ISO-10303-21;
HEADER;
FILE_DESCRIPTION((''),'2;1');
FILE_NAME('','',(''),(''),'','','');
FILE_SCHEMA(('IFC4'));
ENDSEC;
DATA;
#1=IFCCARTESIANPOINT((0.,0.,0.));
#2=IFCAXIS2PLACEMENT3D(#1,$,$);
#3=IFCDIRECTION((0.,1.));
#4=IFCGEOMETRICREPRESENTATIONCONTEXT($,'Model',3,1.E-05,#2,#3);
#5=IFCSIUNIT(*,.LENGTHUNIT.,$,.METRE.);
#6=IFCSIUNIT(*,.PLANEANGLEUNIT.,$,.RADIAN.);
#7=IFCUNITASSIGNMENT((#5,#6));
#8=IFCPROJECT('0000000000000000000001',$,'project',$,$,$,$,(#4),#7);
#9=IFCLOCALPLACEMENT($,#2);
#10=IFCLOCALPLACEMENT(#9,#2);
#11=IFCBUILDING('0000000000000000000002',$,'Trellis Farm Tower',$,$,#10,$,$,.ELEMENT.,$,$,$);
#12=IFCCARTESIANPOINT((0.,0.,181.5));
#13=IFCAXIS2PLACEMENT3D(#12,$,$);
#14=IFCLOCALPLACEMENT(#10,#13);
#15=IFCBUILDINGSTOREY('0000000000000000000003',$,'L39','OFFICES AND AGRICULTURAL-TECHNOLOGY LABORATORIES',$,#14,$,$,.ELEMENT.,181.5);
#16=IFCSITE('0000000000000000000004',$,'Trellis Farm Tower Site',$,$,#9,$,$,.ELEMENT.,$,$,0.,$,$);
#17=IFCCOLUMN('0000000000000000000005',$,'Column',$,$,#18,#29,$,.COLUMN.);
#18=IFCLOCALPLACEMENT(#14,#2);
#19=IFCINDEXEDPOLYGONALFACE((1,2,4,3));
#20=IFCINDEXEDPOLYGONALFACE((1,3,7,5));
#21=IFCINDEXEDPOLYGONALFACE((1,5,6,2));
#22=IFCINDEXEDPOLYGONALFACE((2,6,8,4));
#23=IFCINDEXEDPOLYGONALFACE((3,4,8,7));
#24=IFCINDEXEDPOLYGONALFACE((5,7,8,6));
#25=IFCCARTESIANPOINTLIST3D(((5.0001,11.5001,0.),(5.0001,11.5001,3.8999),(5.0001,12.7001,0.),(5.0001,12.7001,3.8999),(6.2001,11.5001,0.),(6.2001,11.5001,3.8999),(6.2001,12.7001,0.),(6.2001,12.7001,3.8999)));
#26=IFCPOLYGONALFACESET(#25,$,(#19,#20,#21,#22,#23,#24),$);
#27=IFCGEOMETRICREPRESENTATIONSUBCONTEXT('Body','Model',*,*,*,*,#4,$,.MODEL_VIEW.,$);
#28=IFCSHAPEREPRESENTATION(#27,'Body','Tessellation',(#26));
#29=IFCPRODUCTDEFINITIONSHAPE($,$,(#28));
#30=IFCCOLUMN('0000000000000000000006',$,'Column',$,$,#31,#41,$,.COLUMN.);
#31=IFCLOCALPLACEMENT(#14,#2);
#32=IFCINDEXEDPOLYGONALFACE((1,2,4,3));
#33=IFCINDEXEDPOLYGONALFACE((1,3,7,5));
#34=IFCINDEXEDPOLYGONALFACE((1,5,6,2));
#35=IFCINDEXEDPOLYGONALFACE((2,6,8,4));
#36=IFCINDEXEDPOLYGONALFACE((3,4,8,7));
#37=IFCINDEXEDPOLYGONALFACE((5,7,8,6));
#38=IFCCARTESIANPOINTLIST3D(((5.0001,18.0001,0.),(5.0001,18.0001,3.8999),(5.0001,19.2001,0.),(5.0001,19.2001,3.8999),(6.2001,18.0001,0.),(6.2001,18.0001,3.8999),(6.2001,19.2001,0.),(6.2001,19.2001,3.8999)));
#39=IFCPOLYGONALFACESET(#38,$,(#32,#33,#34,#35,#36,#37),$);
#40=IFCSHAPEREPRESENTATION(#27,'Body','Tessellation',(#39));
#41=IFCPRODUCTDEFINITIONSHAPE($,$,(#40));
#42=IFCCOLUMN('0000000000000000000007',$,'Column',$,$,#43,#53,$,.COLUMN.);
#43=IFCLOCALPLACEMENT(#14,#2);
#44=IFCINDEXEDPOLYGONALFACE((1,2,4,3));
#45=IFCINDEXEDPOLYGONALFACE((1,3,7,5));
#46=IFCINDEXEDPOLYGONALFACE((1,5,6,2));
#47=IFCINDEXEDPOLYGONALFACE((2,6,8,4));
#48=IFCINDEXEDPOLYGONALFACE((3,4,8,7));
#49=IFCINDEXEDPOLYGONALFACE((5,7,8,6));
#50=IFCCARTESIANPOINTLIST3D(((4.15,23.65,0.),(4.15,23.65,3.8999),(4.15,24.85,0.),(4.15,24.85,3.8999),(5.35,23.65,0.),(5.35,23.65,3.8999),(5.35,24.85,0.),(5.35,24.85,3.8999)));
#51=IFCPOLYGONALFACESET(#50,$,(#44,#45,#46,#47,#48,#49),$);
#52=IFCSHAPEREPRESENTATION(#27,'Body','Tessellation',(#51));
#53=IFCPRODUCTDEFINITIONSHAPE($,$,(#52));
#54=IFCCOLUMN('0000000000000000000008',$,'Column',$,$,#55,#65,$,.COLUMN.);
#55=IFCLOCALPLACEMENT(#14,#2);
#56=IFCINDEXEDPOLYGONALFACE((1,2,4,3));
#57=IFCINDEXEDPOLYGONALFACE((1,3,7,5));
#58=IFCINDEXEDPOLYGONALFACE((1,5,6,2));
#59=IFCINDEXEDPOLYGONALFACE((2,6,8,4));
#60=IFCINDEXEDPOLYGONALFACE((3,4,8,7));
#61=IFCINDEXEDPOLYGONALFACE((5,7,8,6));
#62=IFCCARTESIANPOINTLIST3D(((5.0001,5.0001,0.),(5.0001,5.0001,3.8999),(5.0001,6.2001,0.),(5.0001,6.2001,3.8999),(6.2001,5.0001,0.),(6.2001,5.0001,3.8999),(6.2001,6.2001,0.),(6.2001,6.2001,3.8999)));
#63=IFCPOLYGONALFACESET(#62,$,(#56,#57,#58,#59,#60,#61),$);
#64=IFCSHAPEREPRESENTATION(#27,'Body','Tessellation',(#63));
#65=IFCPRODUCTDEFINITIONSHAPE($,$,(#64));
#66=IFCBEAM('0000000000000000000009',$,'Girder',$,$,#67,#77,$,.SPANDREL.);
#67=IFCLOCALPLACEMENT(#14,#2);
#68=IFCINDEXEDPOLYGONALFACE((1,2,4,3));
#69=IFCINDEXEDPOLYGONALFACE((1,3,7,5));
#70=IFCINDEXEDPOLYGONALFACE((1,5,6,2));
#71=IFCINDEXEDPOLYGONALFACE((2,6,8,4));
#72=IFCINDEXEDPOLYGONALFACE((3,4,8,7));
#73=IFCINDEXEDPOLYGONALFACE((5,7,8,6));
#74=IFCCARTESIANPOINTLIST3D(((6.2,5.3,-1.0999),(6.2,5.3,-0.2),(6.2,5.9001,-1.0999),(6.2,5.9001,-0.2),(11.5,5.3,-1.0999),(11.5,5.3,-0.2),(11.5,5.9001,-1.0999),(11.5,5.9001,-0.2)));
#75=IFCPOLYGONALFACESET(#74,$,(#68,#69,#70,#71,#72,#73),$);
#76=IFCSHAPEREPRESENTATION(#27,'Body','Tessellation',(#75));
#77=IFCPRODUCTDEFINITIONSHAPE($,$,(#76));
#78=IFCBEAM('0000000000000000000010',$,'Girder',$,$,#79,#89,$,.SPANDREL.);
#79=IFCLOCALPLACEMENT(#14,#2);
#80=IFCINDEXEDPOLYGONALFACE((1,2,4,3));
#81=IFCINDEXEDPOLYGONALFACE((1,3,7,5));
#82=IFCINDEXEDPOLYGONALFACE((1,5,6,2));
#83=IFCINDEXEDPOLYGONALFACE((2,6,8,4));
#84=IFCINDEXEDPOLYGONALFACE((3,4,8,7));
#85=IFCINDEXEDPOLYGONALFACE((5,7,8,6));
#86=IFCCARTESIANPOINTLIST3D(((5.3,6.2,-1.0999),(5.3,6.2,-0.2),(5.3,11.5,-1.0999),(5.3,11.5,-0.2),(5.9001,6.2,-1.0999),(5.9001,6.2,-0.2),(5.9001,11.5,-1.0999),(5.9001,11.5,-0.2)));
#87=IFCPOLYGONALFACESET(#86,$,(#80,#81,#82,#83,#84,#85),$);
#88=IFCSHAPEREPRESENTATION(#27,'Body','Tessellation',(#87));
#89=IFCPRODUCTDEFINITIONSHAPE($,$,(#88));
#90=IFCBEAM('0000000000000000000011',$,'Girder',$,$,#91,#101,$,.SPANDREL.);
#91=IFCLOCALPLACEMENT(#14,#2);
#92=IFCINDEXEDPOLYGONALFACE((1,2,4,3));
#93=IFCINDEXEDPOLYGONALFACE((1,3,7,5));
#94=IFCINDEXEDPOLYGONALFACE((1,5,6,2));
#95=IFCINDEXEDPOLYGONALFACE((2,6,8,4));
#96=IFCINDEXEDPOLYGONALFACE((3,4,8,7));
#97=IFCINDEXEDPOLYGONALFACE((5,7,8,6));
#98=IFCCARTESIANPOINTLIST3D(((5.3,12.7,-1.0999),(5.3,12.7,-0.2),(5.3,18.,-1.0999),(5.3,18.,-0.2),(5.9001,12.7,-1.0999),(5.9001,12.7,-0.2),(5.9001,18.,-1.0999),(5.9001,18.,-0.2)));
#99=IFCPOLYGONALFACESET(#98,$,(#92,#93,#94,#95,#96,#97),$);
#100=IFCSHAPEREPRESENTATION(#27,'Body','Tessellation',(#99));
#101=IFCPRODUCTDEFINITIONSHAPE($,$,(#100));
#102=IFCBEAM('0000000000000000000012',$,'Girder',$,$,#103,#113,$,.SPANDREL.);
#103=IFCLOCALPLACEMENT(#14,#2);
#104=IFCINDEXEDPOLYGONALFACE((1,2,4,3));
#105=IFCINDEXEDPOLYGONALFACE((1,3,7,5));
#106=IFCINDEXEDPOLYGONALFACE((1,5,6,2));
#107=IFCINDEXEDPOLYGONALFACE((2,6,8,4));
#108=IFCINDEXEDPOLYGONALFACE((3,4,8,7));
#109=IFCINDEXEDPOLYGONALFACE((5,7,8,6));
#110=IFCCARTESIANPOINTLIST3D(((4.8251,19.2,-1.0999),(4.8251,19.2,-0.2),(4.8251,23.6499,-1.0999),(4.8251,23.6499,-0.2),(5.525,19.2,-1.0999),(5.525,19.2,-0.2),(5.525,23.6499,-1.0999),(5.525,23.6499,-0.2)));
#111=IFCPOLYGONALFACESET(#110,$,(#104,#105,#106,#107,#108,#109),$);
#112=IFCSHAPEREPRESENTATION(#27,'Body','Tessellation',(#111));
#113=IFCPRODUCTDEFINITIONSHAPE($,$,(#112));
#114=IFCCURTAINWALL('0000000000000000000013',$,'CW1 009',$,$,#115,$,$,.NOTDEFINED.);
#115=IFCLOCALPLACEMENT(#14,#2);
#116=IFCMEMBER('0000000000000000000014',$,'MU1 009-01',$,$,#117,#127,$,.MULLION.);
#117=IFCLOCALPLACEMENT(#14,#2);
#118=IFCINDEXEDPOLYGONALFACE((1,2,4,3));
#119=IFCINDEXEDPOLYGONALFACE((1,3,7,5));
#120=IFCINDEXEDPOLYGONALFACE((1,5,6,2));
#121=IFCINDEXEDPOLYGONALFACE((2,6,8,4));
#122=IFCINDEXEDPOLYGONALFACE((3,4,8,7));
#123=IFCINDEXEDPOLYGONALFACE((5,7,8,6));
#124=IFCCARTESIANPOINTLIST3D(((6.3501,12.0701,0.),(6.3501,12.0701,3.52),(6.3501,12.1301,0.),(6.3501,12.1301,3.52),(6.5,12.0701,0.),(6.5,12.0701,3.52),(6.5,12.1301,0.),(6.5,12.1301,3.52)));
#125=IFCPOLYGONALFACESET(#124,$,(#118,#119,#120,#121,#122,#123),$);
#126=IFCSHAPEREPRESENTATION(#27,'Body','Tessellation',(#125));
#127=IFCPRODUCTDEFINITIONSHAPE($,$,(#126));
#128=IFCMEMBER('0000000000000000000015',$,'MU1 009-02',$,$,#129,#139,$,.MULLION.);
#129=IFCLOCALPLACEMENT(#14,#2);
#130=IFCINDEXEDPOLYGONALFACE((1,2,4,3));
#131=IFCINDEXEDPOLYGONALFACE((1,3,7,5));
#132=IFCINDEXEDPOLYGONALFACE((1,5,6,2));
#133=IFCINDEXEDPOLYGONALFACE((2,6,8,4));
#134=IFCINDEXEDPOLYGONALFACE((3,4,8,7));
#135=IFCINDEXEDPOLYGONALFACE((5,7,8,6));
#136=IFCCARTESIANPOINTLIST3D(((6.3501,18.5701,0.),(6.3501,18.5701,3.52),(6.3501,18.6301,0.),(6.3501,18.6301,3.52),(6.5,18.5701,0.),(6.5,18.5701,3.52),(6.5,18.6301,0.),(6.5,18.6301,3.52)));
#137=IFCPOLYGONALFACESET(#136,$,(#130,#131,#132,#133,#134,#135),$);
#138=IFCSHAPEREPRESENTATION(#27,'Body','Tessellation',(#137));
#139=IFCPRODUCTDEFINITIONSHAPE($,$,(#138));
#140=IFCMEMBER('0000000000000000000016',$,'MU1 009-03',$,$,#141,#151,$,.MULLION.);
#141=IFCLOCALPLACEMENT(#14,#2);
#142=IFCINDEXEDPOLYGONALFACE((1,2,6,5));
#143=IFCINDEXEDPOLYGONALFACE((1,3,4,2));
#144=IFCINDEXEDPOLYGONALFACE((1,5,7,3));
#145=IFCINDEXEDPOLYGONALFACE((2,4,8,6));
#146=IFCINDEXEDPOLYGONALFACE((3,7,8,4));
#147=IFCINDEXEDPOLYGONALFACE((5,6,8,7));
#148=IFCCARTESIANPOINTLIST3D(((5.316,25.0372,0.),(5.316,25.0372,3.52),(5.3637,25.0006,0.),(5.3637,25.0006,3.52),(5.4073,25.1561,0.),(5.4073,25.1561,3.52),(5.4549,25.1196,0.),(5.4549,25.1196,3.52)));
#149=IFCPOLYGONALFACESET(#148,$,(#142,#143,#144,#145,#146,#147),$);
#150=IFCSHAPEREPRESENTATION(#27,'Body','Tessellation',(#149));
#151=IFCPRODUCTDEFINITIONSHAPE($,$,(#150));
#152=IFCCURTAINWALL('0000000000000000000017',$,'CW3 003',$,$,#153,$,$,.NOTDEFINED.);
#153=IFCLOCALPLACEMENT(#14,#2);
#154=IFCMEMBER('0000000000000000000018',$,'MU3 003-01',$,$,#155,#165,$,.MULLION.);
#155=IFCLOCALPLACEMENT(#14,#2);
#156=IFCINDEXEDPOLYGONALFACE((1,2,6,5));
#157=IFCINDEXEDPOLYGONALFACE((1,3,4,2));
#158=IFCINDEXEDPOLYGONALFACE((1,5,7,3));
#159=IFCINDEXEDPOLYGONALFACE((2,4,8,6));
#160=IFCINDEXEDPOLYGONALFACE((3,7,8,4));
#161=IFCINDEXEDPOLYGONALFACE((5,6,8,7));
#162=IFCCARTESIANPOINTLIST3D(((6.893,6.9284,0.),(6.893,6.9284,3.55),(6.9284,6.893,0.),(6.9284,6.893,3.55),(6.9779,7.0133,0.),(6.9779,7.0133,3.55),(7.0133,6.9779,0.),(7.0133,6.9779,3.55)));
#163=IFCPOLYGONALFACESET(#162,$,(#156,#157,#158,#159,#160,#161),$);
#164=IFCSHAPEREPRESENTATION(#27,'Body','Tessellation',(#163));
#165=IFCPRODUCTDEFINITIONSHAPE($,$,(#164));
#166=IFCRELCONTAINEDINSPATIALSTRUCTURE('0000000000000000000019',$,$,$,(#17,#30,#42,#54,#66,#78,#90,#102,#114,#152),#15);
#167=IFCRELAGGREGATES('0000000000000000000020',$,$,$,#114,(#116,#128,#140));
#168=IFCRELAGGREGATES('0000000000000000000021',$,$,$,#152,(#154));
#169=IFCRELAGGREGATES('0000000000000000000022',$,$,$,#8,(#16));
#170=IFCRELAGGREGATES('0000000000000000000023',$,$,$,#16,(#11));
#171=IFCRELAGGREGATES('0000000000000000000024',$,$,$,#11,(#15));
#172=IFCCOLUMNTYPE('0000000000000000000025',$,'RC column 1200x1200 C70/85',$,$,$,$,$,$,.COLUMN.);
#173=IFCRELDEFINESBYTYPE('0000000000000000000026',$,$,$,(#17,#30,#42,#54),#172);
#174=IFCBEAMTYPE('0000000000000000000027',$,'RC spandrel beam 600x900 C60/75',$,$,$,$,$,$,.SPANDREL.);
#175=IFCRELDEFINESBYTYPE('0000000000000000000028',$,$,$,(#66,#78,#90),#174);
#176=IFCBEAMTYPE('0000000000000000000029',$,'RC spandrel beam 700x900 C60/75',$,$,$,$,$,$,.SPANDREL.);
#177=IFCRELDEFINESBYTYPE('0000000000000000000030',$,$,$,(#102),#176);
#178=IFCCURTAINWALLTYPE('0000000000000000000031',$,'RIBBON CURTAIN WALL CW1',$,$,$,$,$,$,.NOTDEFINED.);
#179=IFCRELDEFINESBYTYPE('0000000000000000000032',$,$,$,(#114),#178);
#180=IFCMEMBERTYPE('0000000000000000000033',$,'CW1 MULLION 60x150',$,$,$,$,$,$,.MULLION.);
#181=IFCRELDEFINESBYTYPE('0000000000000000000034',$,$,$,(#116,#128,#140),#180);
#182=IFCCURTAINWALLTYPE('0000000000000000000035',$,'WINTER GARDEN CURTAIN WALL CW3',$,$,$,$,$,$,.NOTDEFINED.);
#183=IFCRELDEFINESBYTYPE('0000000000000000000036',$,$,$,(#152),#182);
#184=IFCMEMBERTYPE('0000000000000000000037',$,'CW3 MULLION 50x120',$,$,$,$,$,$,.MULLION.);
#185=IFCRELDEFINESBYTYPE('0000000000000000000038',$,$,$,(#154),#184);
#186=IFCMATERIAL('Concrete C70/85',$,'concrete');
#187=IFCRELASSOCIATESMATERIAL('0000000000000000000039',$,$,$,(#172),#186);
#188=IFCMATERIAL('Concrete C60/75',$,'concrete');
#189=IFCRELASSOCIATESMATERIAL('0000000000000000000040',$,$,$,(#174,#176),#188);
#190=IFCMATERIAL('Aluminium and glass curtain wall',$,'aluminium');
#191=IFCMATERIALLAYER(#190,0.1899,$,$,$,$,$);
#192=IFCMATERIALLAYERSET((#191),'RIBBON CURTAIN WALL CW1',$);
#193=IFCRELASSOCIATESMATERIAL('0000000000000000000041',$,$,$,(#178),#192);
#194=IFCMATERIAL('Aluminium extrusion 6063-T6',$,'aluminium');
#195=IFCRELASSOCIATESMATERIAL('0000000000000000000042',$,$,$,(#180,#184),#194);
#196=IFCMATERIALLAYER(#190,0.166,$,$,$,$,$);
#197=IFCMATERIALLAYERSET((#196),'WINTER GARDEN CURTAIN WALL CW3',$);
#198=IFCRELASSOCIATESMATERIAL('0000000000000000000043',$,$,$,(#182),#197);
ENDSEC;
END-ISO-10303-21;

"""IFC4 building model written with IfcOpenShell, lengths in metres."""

from ifc_helpers import new_model, si_unit, direction, frame, origin, origin_2d, place, context, subcontext, project, spatial, rectangle, extrude, source, transform, mapped, material, layer, layer_set, material_profile, profile_set, type_object, element, aggregate, save


model = new_model("IFC4")

# Units and contexts
model_context = context("Model", 3, precision=1e-05, world=origin(), true_north=direction((0.0, 1.0)))
body_context = subcontext(model_context, "Body", "Model", "MODEL_VIEW")
ifc_project = project(units=[si_unit("LENGTHUNIT", "METRE"), si_unit("PLANEANGLEUNIT", "RADIAN")], contexts=[model_context])

# Site, building, storey
site_placement = place(None, origin())
site = spatial("IfcSite", under=ifc_project, at=site_placement, Name="Trellis Farm Tower Site", CompositionType="ELEMENT", RefElevation=0.0)
building_placement = place(site_placement, origin())
building = spatial("IfcBuilding", under=site, at=building_placement, Name="Trellis Farm Tower", CompositionType="ELEMENT")
storey_placement = place(building_placement, frame((0.0, 0.0, 181.5)))
storey = spatial("IfcBuildingStorey", under=building, at=storey_placement, Name="L39", Description="OFFICES AND AGRICULTURAL-TECHNOLOGY LABORATORIES", CompositionType="ELEMENT", Elevation=181.5)

# Columns
ifc_material_1 = material(Name="Concrete C70/85", Category="concrete")
ifc_material_profile_1 = material_profile(ifc_material_1, rectangle(XDim=1.2, YDim=1.2, at=origin_2d()), Name="RC column 1200x1200 C70/85")
ifc_profile_set_1 = profile_set([ifc_material_profile_1], Name="Concrete C70/85")
column_type = type_object("IfcColumnType", Name="RC column 1200x1200 C70/85", PredefinedType="COLUMN", material=ifc_profile_set_1)
shared_shape_1 = source(origin(), body_context, "Body", "SweptSolid", [
    extrude(rectangle(XDim=1.2, YDim=1.2, at=origin_2d()), origin(), (0.0, 0.0, 1.0), 3.8999),
])
for number, where, z_axis, x_axis, name in (
    (1, (5.6001, 12.1001, 0.0), (0.0, 0.0, 1.0), (1.0, 0.0, 0.0), "Column"),
    (2, (5.6001, 18.6001, 0.0), (0.0, 0.0, 1.0), (1.0, 0.0, 0.0), "Column"),
    (3, (4.75, 24.25, 0.0), (0.0, 0.0, 1.0), (1.0, 0.0, 0.0), "Column"),
    (4, (5.6001, 5.6001, 0.0), (0.0, 0.0, 1.0), (1.0, 0.0, 0.0), "Column"),
):
    element("IfcColumn", number, at=place(storey_placement, frame(where, z_axis=z_axis, x_axis=x_axis)), inside=storey, type_object=column_type, Name=name, PredefinedType="COLUMN", context=body_context, shape_type="MappedRepresentation", body=[
        mapped(shared_shape_1, transform((0.0, 0.0, 0.0))),
    ])

# Beams
ifc_material_2 = material(Name="Concrete C60/75", Category="concrete")
ifc_material_profile_2 = material_profile(ifc_material_2, rectangle(XDim=0.6001, YDim=0.8999, at=origin_2d()), Name="RC spandrel beam 600x900 C60/75")
ifc_profile_set_2 = profile_set([ifc_material_profile_2], Name="Concrete C60/75")
beam_type_1 = type_object("IfcBeamType", Name="RC spandrel beam 600x900 C60/75", PredefinedType="SPANDREL", material=ifc_profile_set_2)
shared_shape_2 = source(origin(), body_context, "Body", "SweptSolid", [
    extrude(rectangle(XDim=0.6001, YDim=0.8999, at=origin_2d()), origin(), (0.0, 0.0, 1.0), 5.3),
])
for number, where, z_axis, x_axis, name in (
    (5, (6.2, 5.6001, -0.6499), (1.0, 0.0, 0.0), (0.0, 1.0, 0.0), "Girder"),
    (6, (5.6001, 6.2, -0.6499), (0.0, 1.0, 0.0), (-1.0, 0.0, 0.0), "Girder"),
    (7, (5.6001, 12.7, -0.6499), (0.0, 1.0, 0.0), (-1.0, 0.0, 0.0), "Girder"),
):
    element("IfcBeam", number, at=place(storey_placement, frame(where, z_axis=z_axis, x_axis=x_axis)), inside=storey, type_object=beam_type_1, Name=name, PredefinedType="SPANDREL", context=body_context, shape_type="MappedRepresentation", body=[
        mapped(shared_shape_2, transform((0.0, 0.0, 0.0))),
    ])
ifc_material_profile_3 = material_profile(ifc_material_2, rectangle(XDim=0.7, YDim=0.8999, at=origin_2d()), Name="RC spandrel beam 700x900 C60/75")
ifc_profile_set_3 = profile_set([ifc_material_profile_3], Name="Concrete C60/75")
beam_type_2 = type_object("IfcBeamType", Name="RC spandrel beam 700x900 C60/75", PredefinedType="SPANDREL", material=ifc_profile_set_3)
shared_shape_3 = source(origin(), body_context, "Body", "SweptSolid", [
    extrude(rectangle(XDim=0.7, YDim=0.8999, at=origin_2d()), origin(), (0.0, 0.0, 1.0), 4.45),
])
beam_placement = place(storey_placement, frame((5.175, 19.2, -0.6499), z_axis=(0.0, 1.0, 0.0), x_axis=(-1.0, 0.0, 0.0)))
element("IfcBeam", 8, at=beam_placement, inside=storey, type_object=beam_type_2, Name="Girder", PredefinedType="SPANDREL", context=body_context, shape_type="MappedRepresentation", body=[
    mapped(shared_shape_3, transform((0.0, 0.0, 0.0))),
])

# Curtain wall, members
ifc_material_3 = material(Name="Aluminium and glass curtain wall", Category="aluminium")
ifc_layer_1 = layer(ifc_material_3, 0.1899)
ifc_layer_set_1 = layer_set([ifc_layer_1], Name="RIBBON CURTAIN WALL CW1")
curtain_wall_type_1 = type_object("IfcCurtainWallType", Name="RIBBON CURTAIN WALL CW1", PredefinedType="NOTDEFINED", material=ifc_layer_set_1)
placement = place(storey_placement, origin())
curtain_wall_1 = element("IfcCurtainWall", 9, at=placement, inside=storey, type_object=curtain_wall_type_1, Name="CW1 009", PredefinedType="NOTDEFINED")
ifc_material_4 = material(Name="Aluminium extrusion 6063-T6", Category="aluminium")
ifc_material_profile_4 = material_profile(ifc_material_4, rectangle(XDim=0.0601, YDim=0.1499, at=origin_2d()), Name="MULLION 60x150")
ifc_profile_set_4 = profile_set([ifc_material_profile_4], Name="Aluminium extrusion 6063-T6")
member_type_1 = type_object("IfcMemberType", Name="CW1 MULLION 60x150", PredefinedType="MULLION", material=ifc_profile_set_4)
shared_shape_4 = source(origin(), body_context, "Body", "SweptSolid", [
    extrude(rectangle(XDim=0.0601, YDim=0.1499, at=origin_2d()), origin(), (0.0, 0.0, 1.0), 3.52),
])
member_1_placement = place(storey_placement, frame((6.425, 12.1001, 0.0), z_axis=(0.0, 0.0, 1.0), x_axis=(0.0, 1.0, 0.0)))
member_1 = element("IfcMember", 10, at=member_1_placement, type_object=member_type_1, Name="MU1 009-01", PredefinedType="MULLION", context=body_context, shape_type="MappedRepresentation", body=[
    mapped(shared_shape_4, transform((0.0, 0.0, 0.0))),
])
member_2_placement = place(storey_placement, frame((6.425, 18.6001, 0.0), z_axis=(0.0, 0.0, 1.0), x_axis=(0.0, 1.0, 0.0)))
member_2 = element("IfcMember", 11, at=member_2_placement, type_object=member_type_1, Name="MU1 009-02", PredefinedType="MULLION", context=body_context, shape_type="MappedRepresentation", body=[
    mapped(shared_shape_4, transform((0.0, 0.0, 0.0))),
])
member_3_placement = place(storey_placement, frame((5.3855, 25.0784, 0.0), z_axis=(0.0, 0.0, 1.0), x_axis=(-0.793353, 0.608761, 0.0)))
member_3 = element("IfcMember", 12, at=member_3_placement, type_object=member_type_1, Name="MU1 009-03", PredefinedType="MULLION", context=body_context, shape_type="MappedRepresentation", body=[
    mapped(shared_shape_4, transform((0.0, 0.0, 0.0))),
])
aggregate(curtain_wall_1, [member_1, member_2, member_3])

# Curtain wall, member
ifc_layer_2 = layer(ifc_material_3, 0.166)
ifc_layer_set_2 = layer_set([ifc_layer_2], Name="WINTER GARDEN CURTAIN WALL CW3")
curtain_wall_type_2 = type_object("IfcCurtainWallType", Name="WINTER GARDEN CURTAIN WALL CW3", PredefinedType="NOTDEFINED", material=ifc_layer_set_2)
curtain_wall_2 = element("IfcCurtainWall", 13, at=placement, inside=storey, type_object=curtain_wall_type_2, Name="CW3 003", PredefinedType="NOTDEFINED")
ifc_material_profile_5 = material_profile(ifc_material_4, rectangle(XDim=0.05, YDim=0.1201, at=origin_2d()), Name="MULLION 50x120")
ifc_profile_set_5 = profile_set([ifc_material_profile_5], Name="Aluminium extrusion 6063-T6")
member_type_2 = type_object("IfcMemberType", Name="CW3 MULLION 50x120", PredefinedType="MULLION", material=ifc_profile_set_5)
shared_shape_5 = source(origin(), body_context, "Body", "SweptSolid", [
    extrude(rectangle(XDim=0.05, YDim=0.1201, at=origin_2d()), origin(), (0.0, 0.0, 1.0), 3.55),
])
member_4_placement = place(storey_placement, frame((6.9531, 6.9531, 0.0), z_axis=(0.0, 0.0, 1.0), x_axis=(-0.707107, 0.707107, 0.0)))
member_4 = element("IfcMember", 14, at=member_4_placement, type_object=member_type_2, Name="MU3 003-01", PredefinedType="MULLION", context=body_context, shape_type="MappedRepresentation", body=[
    mapped(shared_shape_5, transform((0.0, 0.0, 0.0))),
])
aggregate(curtain_wall_2, [member_4])

save(model, "model.ifc")
